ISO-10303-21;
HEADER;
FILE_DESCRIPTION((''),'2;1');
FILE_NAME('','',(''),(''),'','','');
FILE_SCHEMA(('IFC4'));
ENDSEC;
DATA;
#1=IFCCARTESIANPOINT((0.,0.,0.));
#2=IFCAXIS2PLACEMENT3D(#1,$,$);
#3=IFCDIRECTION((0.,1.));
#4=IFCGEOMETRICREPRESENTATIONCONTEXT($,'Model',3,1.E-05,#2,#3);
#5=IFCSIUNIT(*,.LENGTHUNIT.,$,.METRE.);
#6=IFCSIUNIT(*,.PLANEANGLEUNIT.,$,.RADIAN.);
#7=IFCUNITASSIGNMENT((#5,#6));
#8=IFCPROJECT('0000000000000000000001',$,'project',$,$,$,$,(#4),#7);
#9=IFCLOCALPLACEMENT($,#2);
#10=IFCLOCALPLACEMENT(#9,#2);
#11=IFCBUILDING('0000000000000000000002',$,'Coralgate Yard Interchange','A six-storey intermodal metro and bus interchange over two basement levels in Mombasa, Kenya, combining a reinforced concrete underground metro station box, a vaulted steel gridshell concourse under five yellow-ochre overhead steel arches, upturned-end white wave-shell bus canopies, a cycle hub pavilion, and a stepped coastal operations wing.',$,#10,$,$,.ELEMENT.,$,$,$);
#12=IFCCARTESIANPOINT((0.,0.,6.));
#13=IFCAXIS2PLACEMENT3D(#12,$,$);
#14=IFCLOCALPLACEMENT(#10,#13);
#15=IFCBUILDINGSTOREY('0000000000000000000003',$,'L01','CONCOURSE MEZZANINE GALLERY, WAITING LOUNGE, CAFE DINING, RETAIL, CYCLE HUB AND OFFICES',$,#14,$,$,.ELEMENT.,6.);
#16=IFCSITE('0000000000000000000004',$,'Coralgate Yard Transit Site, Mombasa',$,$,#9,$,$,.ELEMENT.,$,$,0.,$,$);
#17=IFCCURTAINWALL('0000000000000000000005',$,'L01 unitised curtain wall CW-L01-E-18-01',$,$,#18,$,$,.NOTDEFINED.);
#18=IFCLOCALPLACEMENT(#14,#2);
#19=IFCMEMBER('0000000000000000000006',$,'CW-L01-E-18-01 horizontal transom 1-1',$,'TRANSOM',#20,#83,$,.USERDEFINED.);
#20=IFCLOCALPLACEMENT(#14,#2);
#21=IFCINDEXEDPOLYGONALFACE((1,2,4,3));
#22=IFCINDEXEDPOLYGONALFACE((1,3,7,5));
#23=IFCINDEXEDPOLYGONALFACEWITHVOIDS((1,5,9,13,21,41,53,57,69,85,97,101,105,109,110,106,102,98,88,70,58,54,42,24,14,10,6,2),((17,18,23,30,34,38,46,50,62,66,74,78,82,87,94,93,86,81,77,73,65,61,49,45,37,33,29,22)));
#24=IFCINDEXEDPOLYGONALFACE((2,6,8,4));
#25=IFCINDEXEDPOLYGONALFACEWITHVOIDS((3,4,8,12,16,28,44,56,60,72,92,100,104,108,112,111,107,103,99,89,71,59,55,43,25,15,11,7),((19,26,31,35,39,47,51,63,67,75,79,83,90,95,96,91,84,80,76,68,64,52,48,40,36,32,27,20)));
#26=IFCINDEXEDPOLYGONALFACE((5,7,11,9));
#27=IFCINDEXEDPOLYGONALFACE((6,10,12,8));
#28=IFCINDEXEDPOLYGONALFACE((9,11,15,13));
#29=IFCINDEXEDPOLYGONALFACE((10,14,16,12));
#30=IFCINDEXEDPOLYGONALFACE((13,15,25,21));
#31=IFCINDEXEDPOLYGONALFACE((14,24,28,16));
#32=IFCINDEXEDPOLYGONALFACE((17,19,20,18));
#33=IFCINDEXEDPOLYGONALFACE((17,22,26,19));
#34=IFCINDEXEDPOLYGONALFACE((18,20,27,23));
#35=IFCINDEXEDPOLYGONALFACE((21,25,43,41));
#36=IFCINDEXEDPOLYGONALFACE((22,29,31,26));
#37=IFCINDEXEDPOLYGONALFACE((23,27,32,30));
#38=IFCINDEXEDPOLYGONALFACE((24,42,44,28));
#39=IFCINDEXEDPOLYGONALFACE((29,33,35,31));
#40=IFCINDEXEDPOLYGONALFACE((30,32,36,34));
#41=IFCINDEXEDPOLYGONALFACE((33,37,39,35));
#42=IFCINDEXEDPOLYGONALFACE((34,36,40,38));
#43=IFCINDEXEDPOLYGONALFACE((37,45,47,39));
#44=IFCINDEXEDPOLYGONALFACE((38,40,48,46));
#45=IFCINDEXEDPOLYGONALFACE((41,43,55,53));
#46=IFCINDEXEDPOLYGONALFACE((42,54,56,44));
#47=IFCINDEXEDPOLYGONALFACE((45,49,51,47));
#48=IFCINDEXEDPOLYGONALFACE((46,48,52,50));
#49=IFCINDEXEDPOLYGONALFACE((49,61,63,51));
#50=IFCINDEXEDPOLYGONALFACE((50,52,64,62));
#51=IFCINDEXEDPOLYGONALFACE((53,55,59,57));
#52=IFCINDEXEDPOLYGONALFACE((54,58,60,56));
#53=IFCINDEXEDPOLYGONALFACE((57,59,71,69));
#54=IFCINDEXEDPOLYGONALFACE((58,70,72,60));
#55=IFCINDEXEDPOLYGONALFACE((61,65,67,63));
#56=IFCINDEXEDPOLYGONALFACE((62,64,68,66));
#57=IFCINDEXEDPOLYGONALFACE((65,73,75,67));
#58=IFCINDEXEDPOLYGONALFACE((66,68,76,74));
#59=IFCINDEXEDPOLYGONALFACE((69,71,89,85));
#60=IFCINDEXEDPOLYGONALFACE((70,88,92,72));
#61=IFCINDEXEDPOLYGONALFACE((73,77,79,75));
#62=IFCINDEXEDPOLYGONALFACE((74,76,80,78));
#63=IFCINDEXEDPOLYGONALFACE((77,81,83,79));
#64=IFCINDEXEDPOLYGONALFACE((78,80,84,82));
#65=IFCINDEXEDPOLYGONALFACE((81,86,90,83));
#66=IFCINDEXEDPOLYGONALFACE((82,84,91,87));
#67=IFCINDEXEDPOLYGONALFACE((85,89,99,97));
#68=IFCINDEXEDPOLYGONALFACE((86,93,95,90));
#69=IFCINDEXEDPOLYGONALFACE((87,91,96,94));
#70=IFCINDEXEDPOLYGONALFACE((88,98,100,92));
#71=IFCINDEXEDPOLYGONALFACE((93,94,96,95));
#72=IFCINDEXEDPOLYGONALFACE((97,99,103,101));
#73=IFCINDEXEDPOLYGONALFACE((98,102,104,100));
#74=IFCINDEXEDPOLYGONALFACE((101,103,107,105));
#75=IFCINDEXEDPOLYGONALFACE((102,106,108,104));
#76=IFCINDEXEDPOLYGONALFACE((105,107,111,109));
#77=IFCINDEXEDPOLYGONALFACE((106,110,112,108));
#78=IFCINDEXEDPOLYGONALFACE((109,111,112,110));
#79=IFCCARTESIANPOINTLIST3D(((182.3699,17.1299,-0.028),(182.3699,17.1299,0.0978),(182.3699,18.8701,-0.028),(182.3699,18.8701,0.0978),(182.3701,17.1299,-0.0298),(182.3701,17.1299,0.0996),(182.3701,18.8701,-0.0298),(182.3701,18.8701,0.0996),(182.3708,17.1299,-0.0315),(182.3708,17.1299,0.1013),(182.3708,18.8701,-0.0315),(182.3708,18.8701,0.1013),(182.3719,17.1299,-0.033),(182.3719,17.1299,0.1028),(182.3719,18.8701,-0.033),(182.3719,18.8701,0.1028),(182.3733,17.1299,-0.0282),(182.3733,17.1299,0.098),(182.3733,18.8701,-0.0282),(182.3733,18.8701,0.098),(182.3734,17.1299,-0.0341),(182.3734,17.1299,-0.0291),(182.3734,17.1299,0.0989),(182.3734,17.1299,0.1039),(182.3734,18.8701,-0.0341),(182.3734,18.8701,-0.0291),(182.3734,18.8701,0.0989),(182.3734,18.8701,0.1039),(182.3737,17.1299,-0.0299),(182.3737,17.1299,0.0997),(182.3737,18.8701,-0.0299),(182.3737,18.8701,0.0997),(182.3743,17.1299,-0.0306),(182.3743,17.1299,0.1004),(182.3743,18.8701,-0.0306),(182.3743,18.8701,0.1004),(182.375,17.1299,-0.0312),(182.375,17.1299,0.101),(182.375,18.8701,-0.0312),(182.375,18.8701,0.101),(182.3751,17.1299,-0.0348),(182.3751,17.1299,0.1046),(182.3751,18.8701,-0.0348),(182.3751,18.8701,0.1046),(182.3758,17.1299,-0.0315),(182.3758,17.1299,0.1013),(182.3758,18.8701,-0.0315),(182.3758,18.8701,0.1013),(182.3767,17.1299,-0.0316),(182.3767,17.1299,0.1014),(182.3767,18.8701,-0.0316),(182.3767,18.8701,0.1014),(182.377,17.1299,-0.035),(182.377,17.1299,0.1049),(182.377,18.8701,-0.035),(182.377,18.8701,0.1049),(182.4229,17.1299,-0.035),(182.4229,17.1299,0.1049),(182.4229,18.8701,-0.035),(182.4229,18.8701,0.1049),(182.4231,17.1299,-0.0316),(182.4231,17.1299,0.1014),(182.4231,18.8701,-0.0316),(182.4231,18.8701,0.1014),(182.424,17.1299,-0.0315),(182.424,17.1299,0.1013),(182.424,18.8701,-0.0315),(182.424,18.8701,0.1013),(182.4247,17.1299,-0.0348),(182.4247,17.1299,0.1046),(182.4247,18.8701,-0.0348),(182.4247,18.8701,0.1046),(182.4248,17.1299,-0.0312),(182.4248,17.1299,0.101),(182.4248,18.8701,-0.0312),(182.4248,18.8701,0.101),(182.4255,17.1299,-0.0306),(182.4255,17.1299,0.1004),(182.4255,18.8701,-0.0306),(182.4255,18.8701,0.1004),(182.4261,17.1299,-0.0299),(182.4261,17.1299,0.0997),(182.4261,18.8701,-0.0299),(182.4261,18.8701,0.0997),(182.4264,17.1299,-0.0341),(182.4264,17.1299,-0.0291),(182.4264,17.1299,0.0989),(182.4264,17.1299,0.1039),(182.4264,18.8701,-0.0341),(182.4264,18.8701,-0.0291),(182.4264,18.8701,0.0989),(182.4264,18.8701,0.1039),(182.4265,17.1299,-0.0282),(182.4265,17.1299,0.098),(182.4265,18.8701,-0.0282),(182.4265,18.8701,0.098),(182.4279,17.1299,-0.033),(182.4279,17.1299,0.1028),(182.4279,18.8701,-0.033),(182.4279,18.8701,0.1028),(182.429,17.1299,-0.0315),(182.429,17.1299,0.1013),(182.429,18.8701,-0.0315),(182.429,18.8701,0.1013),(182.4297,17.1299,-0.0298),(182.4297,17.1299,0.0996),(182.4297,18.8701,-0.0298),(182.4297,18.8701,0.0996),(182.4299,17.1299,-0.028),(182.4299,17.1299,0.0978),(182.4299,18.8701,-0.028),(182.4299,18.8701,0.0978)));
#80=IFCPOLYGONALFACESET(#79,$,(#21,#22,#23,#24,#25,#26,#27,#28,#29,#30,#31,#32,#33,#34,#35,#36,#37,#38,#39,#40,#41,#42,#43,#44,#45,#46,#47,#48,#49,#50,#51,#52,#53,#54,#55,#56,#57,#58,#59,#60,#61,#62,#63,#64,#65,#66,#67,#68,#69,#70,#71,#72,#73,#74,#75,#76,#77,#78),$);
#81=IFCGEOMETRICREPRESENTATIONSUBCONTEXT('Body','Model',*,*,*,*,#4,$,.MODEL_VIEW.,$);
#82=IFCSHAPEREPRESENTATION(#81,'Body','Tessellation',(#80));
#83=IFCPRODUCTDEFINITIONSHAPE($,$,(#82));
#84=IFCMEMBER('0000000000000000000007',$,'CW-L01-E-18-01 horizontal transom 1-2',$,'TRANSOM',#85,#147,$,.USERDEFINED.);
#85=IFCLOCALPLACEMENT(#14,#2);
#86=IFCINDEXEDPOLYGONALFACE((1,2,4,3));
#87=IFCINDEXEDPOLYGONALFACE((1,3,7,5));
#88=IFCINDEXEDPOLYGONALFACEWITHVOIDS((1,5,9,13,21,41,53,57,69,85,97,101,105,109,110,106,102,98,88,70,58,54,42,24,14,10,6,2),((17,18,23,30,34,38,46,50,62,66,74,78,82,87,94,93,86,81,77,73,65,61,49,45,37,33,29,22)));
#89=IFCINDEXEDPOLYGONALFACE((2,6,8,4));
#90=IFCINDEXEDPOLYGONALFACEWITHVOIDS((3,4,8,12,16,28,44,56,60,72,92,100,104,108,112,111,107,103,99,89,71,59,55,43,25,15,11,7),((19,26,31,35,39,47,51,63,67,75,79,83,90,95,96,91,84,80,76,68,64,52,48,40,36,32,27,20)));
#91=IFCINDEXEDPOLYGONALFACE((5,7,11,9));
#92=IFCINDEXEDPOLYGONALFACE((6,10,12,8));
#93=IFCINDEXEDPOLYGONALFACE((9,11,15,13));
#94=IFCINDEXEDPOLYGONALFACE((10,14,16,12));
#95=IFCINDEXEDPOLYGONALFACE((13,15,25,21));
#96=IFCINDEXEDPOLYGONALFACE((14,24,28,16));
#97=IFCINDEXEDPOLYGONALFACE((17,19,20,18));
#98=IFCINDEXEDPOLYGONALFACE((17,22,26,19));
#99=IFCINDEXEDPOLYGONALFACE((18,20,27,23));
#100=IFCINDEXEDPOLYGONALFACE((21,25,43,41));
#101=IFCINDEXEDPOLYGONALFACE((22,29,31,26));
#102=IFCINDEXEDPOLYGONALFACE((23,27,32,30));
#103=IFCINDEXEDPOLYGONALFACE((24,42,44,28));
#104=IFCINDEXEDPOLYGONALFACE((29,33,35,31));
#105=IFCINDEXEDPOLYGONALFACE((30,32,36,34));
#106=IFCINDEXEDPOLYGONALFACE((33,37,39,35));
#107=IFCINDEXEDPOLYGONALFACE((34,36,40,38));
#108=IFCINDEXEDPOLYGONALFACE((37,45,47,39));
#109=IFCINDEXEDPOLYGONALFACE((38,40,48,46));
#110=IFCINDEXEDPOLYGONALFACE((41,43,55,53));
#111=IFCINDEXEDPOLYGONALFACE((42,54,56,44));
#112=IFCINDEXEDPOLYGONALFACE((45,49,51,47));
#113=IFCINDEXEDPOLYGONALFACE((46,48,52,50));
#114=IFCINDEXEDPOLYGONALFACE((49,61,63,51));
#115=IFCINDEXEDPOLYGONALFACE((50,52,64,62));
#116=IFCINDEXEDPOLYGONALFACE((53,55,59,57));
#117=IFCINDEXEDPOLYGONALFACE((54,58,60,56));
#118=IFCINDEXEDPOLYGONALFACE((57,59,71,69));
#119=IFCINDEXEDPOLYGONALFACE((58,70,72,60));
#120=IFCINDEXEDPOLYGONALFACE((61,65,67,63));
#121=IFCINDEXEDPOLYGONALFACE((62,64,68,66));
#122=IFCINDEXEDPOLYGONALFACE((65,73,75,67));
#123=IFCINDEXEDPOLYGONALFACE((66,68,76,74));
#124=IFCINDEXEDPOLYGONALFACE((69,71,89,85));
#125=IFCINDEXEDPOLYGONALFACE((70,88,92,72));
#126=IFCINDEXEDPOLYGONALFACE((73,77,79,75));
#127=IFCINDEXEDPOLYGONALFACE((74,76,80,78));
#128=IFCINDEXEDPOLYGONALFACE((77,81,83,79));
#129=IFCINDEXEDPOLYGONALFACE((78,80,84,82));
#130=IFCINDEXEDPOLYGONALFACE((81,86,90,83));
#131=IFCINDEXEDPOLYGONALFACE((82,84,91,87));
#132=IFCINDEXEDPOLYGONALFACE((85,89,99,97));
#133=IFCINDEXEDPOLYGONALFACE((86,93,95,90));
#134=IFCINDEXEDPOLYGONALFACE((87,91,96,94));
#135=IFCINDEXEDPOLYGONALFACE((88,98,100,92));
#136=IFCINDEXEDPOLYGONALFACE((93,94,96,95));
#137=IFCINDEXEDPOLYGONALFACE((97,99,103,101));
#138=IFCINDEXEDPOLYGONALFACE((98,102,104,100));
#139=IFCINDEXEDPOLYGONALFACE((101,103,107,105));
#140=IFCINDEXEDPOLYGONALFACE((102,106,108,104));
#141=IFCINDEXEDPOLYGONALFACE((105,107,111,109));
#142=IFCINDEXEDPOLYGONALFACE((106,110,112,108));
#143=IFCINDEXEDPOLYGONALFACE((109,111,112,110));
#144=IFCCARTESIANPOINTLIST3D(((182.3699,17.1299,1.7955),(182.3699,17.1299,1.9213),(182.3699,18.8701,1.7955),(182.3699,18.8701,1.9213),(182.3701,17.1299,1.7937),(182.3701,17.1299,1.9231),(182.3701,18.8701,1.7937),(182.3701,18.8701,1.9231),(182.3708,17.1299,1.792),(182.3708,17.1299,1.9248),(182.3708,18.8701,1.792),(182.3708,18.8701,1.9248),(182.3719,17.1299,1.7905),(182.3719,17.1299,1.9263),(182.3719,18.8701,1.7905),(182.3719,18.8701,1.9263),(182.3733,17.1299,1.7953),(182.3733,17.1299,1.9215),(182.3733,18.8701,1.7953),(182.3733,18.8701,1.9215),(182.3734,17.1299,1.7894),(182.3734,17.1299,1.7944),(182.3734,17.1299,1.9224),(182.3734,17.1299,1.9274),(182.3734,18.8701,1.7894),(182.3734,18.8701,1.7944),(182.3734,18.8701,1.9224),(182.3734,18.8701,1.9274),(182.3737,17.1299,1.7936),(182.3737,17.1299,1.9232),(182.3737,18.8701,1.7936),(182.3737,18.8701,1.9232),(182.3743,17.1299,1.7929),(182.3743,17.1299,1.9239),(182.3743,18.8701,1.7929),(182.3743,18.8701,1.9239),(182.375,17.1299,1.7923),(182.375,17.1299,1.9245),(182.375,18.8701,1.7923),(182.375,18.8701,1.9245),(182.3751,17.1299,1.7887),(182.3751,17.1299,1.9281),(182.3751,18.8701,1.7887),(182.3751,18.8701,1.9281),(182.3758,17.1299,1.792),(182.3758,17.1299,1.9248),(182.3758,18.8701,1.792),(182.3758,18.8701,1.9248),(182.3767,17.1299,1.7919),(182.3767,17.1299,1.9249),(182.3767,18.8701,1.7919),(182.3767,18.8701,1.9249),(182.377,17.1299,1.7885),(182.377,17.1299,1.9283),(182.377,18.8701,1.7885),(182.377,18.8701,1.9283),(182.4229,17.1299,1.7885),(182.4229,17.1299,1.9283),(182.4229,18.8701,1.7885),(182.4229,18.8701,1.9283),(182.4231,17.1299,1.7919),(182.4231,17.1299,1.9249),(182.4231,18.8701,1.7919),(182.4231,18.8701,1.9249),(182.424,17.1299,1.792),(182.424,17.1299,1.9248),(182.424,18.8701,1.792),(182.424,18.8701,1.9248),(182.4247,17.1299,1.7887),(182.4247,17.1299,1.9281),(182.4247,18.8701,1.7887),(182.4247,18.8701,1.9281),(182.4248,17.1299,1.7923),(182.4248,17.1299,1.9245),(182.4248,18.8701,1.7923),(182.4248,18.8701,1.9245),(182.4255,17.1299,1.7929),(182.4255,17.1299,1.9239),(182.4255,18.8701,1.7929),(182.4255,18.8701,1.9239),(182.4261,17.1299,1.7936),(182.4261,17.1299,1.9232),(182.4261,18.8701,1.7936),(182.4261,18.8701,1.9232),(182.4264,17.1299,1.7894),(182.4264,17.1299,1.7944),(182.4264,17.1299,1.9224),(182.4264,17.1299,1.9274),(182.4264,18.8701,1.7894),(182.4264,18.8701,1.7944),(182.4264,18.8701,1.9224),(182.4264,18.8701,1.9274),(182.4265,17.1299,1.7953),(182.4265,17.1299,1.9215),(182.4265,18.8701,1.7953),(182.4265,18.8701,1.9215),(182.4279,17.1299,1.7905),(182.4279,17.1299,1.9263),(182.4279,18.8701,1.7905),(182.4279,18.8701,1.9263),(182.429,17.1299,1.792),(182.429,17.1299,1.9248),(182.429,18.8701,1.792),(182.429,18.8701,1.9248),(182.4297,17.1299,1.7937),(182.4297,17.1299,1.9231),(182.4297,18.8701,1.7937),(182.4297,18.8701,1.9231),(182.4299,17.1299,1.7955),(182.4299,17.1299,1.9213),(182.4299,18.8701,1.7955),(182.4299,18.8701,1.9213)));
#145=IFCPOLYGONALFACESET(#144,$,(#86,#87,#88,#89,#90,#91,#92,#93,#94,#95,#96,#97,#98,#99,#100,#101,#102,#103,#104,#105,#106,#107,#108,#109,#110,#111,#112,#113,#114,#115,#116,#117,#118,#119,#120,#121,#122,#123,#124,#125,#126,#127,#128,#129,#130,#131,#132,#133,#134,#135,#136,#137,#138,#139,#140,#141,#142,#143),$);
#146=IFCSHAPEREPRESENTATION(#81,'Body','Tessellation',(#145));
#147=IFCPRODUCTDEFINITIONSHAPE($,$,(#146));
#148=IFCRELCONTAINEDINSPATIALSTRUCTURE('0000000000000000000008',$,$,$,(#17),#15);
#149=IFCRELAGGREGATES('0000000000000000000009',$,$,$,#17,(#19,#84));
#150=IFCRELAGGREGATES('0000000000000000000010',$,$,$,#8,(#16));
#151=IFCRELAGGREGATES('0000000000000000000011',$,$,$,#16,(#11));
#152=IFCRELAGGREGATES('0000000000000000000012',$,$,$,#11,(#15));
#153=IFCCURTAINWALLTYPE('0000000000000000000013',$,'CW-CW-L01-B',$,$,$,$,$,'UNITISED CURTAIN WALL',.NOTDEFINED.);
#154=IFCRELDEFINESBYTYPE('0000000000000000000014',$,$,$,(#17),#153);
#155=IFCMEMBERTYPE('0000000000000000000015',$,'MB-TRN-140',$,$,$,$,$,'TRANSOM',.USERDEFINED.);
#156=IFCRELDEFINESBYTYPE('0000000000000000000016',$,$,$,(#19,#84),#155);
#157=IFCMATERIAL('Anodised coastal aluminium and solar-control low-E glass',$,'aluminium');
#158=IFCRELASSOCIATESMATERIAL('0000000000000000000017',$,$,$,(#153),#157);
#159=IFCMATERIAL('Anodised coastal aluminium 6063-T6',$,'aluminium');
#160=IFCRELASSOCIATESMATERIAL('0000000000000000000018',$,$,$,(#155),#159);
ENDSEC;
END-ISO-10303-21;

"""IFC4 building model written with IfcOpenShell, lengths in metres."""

from ifc_helpers import new_model, si_unit, direction, frame, origin, origin_2d, place, context, subcontext, project, spatial, hollow_rectangle, extrude, material, material_profile, profile_set, type_object, element, aggregate, save


model = new_model("IFC4")

# Units and contexts
model_context = context("Model", 3, precision=1e-05, world=origin(), true_north=direction((0.0, 1.0)))
body_context = subcontext(model_context, "Body", "Model", "MODEL_VIEW")
ifc_project = project(units=[si_unit("LENGTHUNIT", "METRE"), si_unit("PLANEANGLEUNIT", "RADIAN")], contexts=[model_context])

# Site, building, storey
site_placement = place(None, origin())
site = spatial("IfcSite", under=ifc_project, at=site_placement, Name="Coralgate Yard Transit Site, Mombasa", CompositionType="ELEMENT", RefElevation=0.0)
building_placement = place(site_placement, origin())
building = spatial("IfcBuilding", under=site, at=building_placement, Name="Coralgate Yard Interchange", Description="A six-storey intermodal metro and bus interchange over two basement levels in Mombasa, Kenya, combining a reinforced concrete underground metro station box, a vaulted steel gridshell concourse under five yellow-ochre overhead steel arches, upturned-end white wave-shell bus canopies, a cycle hub pavilion, and a stepped coastal operations wing.", CompositionType="ELEMENT")
storey_placement = place(building_placement, frame((0.0, 0.0, 6.0)))
storey = spatial("IfcBuildingStorey", under=building, at=storey_placement, Name="L01", Description="CONCOURSE MEZZANINE GALLERY, WAITING LOUNGE, CAFE DINING, RETAIL, CYCLE HUB AND OFFICES", CompositionType="ELEMENT", Elevation=6.0)

# Curtain wall, members
ifc_material_1 = material(Name="Anodised coastal aluminium and solar-control low-E glass", Category="aluminium")
curtain_wall_type = type_object("IfcCurtainWallType", Name="CW-CW-L01-B", ElementType="UNITISED CURTAIN WALL", PredefinedType="NOTDEFINED", material=ifc_material_1)
curtain_wall_placement = place(storey_placement, origin())
curtain_wall = element("IfcCurtainWall", 1, at=curtain_wall_placement, inside=storey, type_object=curtain_wall_type, Name="L01 unitised curtain wall CW-L01-E-18-01", PredefinedType="NOTDEFINED")
ifc_material_2 = material(Name="Anodised coastal aluminium 6063-T6", Category="aluminium")
ifc_material_profile_1 = material_profile(ifc_material_2, hollow_rectangle(XDim=0.0601, YDim=0.1399, WallThickness=0.0034, InnerFilletRadius=0.0034, OuterFilletRadius=0.0071, at=origin_2d()), Name="ALU 60x140x3.5")
ifc_profile_set_1 = profile_set([ifc_material_profile_1], Name="Anodised coastal aluminium 6063-T6")
member_type_1 = type_object("IfcMemberType", Name="MB-TRN-140", ElementType="TRANSOM", PredefinedType="USERDEFINED", material=ifc_profile_set_1)
member_1_placement = place(storey_placement, frame((182.3999, 18.8701, 0.0349), z_axis=(0.0, -1.0, 0.0), x_axis=(1.0, 0.0, 0.0)))
member_1 = element("IfcMember", 2, at=member_1_placement, type_object=member_type_1, Name="CW-L01-E-18-01 horizontal transom 1-1", ObjectType="TRANSOM", PredefinedType="USERDEFINED", context=body_context, shape_type="SweptSolid", body=[
    extrude(hollow_rectangle(XDim=0.0601, YDim=0.1399, WallThickness=0.0034, InnerFilletRadius=0.0034, OuterFilletRadius=0.0071, at=origin_2d()), origin(), (0.0, 0.0, 1.0), 1.7402),
])
member_2_placement = place(storey_placement, frame((182.3999, 18.8701, 1.8584), z_axis=(0.0, -1.0, 0.0), x_axis=(1.0, 0.0, 0.0)))
member_2 = element("IfcMember", 3, at=member_2_placement, type_object=member_type_1, Name="CW-L01-E-18-01 horizontal transom 1-2", ObjectType="TRANSOM", PredefinedType="USERDEFINED", context=body_context, shape_type="SweptSolid", body=[
    extrude(hollow_rectangle(XDim=0.0601, YDim=0.1399, WallThickness=0.0034, InnerFilletRadius=0.0034, OuterFilletRadius=0.0071, at=origin_2d()), origin(), (0.0, 0.0, 1.0), 1.7402),
])
aggregate(curtain_wall, [member_1, member_2])

save(model, "model.ifc")
